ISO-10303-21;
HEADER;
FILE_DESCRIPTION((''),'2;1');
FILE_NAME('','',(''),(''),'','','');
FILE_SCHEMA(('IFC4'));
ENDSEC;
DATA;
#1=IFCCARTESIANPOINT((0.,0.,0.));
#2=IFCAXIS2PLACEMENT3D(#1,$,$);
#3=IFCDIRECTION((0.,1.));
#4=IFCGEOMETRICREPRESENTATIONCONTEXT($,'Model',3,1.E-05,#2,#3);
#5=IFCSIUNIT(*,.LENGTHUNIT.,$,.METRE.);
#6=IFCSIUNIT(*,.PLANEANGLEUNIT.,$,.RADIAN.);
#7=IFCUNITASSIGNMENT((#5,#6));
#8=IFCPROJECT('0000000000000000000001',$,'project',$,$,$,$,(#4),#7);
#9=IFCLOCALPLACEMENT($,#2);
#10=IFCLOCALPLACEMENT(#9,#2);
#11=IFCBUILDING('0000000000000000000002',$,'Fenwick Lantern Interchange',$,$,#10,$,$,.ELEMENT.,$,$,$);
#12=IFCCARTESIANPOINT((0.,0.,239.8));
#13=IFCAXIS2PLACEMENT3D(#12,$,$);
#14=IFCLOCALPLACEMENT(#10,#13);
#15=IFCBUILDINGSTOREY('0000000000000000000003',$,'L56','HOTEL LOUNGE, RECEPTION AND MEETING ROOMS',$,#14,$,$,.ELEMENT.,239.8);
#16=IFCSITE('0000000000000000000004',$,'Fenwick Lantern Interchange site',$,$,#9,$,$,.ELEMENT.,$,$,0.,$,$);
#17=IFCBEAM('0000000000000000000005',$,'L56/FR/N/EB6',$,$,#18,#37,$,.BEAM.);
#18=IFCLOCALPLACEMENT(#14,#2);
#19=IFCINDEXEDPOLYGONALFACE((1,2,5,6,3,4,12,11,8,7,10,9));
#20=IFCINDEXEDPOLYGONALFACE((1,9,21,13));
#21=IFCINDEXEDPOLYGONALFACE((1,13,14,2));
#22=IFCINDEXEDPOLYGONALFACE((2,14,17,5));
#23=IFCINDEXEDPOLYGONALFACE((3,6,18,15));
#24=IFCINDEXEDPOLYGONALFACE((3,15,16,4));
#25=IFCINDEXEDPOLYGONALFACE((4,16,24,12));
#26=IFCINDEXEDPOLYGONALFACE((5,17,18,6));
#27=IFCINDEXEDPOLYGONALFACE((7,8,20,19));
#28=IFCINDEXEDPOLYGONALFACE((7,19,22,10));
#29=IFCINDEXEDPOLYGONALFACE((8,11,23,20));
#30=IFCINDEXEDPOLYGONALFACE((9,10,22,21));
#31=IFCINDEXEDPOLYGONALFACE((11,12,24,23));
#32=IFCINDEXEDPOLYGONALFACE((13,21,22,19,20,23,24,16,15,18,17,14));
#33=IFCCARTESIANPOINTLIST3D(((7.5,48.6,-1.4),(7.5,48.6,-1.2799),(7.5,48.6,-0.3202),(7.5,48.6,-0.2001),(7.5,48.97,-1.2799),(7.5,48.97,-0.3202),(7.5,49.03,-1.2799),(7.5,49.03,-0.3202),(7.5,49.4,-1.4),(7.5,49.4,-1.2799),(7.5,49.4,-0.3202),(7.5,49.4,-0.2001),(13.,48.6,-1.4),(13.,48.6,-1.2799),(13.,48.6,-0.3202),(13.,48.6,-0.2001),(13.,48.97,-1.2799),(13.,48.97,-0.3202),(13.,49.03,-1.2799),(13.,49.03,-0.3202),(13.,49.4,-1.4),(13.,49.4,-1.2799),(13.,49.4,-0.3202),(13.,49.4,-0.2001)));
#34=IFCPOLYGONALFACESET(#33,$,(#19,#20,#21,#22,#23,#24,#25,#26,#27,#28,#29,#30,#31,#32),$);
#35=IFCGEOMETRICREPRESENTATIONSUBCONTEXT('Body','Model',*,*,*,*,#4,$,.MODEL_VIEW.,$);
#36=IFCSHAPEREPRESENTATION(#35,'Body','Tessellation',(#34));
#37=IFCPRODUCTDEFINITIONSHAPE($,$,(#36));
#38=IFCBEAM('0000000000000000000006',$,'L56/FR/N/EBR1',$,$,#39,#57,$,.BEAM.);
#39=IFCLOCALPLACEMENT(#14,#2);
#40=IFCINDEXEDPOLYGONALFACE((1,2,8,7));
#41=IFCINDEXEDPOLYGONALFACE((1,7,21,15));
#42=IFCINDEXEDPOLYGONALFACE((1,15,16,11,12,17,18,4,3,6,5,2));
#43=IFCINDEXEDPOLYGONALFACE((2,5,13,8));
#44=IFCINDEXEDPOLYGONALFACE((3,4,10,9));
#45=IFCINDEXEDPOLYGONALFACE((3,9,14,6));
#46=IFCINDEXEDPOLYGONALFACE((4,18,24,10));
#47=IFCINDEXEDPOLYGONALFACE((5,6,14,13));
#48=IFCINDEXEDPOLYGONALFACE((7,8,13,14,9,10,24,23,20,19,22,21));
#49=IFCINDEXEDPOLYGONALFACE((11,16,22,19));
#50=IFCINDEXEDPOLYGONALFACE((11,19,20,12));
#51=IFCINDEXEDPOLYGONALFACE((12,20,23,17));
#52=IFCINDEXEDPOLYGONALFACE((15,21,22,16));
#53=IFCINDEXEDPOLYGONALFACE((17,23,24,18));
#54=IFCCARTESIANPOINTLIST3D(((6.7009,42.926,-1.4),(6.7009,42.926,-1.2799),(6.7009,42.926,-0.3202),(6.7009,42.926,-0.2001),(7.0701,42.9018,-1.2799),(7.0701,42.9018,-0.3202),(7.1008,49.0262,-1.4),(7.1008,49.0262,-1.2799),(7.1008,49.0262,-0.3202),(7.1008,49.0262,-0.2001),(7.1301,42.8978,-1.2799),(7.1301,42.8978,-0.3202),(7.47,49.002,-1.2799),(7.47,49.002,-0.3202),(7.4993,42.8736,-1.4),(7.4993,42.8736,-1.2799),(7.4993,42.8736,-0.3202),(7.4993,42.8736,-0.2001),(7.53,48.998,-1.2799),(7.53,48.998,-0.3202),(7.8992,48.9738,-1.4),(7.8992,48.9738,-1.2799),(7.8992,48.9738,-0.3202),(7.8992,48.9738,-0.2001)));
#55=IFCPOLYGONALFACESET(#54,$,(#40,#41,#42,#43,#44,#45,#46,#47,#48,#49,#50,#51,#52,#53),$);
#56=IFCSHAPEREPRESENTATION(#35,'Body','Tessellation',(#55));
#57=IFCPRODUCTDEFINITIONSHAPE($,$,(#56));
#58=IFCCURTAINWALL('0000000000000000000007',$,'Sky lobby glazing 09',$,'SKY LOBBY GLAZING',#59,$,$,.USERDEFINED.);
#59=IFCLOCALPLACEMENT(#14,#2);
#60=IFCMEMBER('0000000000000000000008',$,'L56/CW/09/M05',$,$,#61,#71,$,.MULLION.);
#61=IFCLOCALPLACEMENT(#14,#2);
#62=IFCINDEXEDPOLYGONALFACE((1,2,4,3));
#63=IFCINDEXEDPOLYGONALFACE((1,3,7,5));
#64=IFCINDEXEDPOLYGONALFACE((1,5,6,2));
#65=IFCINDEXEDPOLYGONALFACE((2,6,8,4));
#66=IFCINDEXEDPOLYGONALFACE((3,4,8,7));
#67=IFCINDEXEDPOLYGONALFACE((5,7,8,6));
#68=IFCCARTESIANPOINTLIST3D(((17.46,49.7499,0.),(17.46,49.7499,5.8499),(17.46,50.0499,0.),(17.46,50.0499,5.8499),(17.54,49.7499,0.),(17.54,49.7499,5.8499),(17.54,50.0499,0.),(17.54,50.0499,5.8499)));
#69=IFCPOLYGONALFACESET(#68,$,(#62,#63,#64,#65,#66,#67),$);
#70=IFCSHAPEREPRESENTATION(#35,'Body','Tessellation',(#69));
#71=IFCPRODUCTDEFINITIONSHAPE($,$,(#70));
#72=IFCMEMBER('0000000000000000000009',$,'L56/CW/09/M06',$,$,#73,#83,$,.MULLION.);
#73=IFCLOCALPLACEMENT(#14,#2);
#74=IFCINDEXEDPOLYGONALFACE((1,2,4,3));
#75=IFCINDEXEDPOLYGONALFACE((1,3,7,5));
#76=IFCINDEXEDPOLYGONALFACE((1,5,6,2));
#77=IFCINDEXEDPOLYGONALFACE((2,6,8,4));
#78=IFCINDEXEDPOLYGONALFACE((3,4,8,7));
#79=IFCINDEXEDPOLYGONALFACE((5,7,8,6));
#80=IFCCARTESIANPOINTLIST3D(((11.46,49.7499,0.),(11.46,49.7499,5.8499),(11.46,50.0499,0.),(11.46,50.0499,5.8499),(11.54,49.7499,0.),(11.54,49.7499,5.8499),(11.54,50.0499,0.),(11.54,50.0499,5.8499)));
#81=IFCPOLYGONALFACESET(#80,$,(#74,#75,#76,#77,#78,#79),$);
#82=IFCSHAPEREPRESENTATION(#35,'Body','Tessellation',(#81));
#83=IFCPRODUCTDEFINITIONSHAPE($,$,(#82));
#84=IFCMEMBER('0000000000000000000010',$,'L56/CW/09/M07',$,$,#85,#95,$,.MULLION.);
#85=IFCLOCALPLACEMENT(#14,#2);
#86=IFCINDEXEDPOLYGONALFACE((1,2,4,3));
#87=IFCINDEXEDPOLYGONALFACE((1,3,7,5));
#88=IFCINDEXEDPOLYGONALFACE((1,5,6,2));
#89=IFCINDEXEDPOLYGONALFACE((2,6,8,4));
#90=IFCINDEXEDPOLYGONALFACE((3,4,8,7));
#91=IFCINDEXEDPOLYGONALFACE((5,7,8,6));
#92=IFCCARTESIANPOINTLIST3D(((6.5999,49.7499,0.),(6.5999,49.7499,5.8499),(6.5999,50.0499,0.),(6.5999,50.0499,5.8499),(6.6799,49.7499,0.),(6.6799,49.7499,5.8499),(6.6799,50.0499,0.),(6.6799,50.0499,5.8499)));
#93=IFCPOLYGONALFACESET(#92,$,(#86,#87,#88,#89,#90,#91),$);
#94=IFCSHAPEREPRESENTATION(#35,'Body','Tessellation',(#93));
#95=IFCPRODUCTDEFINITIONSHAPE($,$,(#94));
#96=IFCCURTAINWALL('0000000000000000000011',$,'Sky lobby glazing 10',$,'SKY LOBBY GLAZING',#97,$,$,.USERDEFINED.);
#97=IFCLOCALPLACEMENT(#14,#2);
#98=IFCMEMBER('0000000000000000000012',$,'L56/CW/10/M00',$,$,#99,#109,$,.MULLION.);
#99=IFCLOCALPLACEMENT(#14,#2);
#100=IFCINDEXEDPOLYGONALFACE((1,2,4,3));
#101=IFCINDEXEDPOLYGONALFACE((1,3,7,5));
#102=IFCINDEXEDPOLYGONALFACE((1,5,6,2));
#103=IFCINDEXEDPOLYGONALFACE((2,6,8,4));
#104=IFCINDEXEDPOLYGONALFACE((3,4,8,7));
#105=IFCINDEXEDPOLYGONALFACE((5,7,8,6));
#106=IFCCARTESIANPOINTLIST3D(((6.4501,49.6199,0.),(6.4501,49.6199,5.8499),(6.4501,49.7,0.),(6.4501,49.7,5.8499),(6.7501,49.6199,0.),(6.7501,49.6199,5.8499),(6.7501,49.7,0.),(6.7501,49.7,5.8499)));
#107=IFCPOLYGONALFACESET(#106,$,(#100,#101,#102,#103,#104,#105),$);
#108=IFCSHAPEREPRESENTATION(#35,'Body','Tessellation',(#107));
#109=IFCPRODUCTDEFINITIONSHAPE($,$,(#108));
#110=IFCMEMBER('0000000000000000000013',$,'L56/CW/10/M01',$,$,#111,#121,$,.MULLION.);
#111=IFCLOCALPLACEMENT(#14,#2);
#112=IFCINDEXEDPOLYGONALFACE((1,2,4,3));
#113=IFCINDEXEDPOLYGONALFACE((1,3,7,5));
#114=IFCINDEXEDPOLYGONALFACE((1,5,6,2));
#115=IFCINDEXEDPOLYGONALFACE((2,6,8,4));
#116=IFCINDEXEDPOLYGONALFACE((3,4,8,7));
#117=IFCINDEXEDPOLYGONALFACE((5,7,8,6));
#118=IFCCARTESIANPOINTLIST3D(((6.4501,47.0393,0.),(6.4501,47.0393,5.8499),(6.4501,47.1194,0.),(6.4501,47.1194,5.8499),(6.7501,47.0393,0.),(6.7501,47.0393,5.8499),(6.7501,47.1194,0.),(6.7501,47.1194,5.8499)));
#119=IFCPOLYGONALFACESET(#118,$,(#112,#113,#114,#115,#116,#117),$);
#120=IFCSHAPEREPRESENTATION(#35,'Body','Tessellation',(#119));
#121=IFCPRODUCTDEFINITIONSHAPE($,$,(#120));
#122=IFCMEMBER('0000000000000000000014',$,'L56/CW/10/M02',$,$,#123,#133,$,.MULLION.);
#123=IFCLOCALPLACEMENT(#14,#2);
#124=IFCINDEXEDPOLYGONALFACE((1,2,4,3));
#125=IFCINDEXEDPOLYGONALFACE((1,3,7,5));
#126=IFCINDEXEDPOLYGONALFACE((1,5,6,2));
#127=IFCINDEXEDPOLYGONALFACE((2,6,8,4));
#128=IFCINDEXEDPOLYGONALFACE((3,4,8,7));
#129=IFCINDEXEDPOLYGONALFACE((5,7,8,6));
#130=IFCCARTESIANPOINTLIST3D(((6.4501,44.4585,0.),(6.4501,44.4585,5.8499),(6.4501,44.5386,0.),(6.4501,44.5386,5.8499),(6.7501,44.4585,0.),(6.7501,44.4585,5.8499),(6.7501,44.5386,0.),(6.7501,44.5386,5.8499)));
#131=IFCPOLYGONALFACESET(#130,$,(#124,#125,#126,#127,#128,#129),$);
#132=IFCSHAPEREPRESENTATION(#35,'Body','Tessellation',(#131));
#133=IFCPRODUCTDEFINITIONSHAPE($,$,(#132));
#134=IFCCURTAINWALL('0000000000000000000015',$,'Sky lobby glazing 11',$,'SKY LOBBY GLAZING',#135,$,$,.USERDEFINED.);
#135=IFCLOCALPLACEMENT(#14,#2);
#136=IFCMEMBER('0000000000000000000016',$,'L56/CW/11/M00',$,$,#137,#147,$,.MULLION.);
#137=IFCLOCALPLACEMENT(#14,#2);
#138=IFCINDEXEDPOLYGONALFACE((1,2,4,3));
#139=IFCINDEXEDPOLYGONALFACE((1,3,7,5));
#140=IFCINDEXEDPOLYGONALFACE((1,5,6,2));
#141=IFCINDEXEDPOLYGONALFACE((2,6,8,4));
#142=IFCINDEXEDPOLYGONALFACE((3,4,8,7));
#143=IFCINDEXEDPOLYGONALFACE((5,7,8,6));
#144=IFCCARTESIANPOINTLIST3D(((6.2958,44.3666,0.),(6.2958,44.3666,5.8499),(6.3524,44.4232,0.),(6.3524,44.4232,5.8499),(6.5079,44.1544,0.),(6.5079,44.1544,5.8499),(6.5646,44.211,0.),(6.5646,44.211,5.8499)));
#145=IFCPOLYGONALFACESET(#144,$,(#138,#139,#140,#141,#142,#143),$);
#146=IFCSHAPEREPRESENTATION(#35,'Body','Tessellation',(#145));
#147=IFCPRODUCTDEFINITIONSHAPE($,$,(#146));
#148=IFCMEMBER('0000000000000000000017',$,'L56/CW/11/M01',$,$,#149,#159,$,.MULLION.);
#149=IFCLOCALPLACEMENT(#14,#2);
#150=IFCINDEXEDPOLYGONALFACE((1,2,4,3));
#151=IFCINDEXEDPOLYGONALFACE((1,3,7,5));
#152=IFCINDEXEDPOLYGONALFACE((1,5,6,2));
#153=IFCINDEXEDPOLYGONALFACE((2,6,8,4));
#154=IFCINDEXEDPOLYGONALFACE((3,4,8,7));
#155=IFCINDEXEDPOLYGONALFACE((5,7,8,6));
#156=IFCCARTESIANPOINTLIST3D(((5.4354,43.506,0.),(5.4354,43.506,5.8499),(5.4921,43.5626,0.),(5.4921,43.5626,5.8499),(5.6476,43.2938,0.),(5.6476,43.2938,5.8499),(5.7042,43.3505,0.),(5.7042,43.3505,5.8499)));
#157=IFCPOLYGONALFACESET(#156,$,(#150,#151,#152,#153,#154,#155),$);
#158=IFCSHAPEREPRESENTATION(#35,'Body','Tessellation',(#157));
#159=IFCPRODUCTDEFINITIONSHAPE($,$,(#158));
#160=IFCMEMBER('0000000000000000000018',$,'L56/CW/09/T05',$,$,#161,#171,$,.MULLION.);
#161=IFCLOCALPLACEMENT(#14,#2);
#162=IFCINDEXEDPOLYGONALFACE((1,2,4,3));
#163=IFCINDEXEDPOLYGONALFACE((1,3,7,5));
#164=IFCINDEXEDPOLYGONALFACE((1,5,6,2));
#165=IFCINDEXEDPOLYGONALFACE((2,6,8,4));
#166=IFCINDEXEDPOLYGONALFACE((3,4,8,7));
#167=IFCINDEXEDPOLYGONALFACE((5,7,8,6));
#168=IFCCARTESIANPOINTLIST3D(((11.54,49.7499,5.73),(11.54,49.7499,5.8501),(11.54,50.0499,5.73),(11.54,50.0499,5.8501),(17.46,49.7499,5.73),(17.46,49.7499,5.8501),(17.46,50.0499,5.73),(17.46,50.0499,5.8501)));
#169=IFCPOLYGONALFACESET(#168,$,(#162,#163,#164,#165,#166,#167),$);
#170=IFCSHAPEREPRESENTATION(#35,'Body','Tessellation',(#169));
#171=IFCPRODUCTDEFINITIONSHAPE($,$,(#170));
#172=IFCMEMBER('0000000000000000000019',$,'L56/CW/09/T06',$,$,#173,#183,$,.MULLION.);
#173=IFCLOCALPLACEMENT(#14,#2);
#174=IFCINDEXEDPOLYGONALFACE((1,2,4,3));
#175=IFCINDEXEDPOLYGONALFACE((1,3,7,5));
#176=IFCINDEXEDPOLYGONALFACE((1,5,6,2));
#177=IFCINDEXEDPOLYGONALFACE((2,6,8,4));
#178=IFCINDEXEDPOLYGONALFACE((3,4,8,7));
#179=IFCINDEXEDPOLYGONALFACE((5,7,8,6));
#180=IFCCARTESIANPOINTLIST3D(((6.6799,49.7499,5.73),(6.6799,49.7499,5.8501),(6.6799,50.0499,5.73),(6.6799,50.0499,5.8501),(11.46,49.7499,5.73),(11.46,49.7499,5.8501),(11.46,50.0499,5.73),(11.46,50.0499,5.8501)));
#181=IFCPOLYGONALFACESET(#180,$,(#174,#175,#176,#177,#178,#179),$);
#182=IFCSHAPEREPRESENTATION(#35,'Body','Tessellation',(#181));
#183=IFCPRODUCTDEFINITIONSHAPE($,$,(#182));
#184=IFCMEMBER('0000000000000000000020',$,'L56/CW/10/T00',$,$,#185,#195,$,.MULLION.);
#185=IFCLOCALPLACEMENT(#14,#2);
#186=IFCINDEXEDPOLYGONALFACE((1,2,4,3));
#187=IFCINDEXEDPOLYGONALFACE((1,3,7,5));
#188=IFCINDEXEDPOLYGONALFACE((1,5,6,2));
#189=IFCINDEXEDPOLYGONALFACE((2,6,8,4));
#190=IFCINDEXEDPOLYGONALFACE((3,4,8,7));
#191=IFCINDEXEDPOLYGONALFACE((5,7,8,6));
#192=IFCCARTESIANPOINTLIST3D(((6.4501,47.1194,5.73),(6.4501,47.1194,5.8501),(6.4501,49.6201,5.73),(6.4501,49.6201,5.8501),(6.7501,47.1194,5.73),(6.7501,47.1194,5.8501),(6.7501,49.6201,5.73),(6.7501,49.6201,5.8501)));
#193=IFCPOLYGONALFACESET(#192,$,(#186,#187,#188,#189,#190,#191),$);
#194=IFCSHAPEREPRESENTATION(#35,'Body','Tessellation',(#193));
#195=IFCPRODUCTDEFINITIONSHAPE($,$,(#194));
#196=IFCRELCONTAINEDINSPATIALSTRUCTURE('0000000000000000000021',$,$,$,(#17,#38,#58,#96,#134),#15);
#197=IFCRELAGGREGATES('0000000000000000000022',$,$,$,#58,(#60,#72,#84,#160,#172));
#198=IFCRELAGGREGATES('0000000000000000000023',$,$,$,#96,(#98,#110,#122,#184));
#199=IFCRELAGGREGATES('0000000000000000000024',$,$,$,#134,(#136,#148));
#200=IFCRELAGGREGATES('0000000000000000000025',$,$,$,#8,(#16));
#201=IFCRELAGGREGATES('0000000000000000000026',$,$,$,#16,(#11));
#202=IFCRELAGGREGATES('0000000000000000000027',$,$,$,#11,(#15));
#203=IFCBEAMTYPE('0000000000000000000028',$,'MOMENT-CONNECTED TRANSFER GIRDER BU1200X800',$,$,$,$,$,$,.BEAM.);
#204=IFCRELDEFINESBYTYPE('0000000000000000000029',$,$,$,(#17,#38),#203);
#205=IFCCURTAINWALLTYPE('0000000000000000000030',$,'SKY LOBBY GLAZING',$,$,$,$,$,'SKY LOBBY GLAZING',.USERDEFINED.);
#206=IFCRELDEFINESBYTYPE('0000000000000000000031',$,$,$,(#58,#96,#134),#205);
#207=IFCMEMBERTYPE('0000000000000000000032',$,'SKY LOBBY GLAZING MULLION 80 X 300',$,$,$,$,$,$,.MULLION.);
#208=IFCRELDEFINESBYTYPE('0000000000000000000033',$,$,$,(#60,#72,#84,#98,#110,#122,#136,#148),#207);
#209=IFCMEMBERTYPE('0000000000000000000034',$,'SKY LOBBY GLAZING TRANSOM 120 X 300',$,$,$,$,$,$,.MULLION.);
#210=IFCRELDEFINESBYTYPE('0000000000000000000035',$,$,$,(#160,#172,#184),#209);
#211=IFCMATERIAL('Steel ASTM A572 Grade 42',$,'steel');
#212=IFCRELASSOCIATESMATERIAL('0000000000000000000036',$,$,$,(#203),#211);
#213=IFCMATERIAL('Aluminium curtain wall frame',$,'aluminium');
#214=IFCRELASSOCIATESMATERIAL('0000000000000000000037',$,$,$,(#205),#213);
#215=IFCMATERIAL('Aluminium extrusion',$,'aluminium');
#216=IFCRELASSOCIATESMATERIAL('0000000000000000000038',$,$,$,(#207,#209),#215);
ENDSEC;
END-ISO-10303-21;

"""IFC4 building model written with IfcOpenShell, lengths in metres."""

from ifc_helpers import new_model, si_unit, direction, frame, origin, origin_2d, place, context, subcontext, project, spatial, rectangle, i_section, extrude, material, material_profile, profile_set, type_object, element, aggregate, save


model = new_model("IFC4")

# Units and contexts
model_context = context("Model", 3, precision=1e-05, world=origin(), true_north=direction((0.0, 1.0)))
body_context = subcontext(model_context, "Body", "Model", "MODEL_VIEW")
ifc_project = project(units=[si_unit("LENGTHUNIT", "METRE"), si_unit("PLANEANGLEUNIT", "RADIAN")], contexts=[model_context])

# Site, building, storey
site_placement = place(None, origin())
site = spatial("IfcSite", under=ifc_project, at=site_placement, Name="Fenwick Lantern Interchange site", CompositionType="ELEMENT", RefElevation=0.0)
building_placement = place(site_placement, origin())
building = spatial("IfcBuilding", under=site, at=building_placement, Name="Fenwick Lantern Interchange", CompositionType="ELEMENT")
storey_placement = place(building_placement, frame((0.0, 0.0, 239.8)))
storey = spatial("IfcBuildingStorey", under=building, at=storey_placement, Name="L56", Description="HOTEL LOUNGE, RECEPTION AND MEETING ROOMS", CompositionType="ELEMENT", Elevation=239.8)

# Beams
ifc_material_1 = material(Name="Steel ASTM A572 Grade 42", Category="steel")
ifc_material_profile_1 = material_profile(ifc_material_1, i_section(OverallWidth=0.8, OverallDepth=1.2, WebThickness=0.0601, FlangeThickness=0.1201, at=origin_2d()), Name="BU1200X800")
ifc_profile_set_1 = profile_set([ifc_material_profile_1], Name="Steel ASTM A572 Grade 42")
beam_type_1 = type_object("IfcBeamType", Name="MOMENT-CONNECTED TRANSFER GIRDER BU1200X800", PredefinedType="BEAM", material=ifc_profile_set_1)
beam_1_placement = place(storey_placement, frame((13.0, 49.0, -0.8), z_axis=(-1.0, 0.0, 0.0), x_axis=(0.0, -1.0, 0.0)))
element("IfcBeam", 1, at=beam_1_placement, inside=storey, type_object=beam_type_1, Name="L56/FR/N/EB6", PredefinedType="BEAM", context=body_context, shape_type="SweptSolid", body=[
    extrude(i_section(OverallWidth=0.8, OverallDepth=1.2, WebThickness=0.0601, FlangeThickness=0.1201, at=origin_2d()), origin(), (0.0, 0.0, 1.0), 5.5),
])
beam_2_placement = place(storey_placement, frame((7.5, 49.0, -0.8), z_axis=(-0.065416, -0.997858, 0.0), x_axis=(0.997858, -0.065416, 0.0)))
element("IfcBeam", 2, at=beam_2_placement, inside=storey, type_object=beam_type_1, Name="L56/FR/N/EBR1", PredefinedType="BEAM", context=body_context, shape_type="SweptSolid", body=[
    extrude(i_section(OverallWidth=0.8, OverallDepth=1.2, WebThickness=0.0601, FlangeThickness=0.1201, at=origin_2d()), origin(), (0.0, 0.0, 1.0), 6.1133),
])

# Curtain walls, members
ifc_material_2 = material(Name="Aluminium curtain wall frame", Category="aluminium")
curtain_wall_type = type_object("IfcCurtainWallType", Name="SKY LOBBY GLAZING", ElementType="SKY LOBBY GLAZING", PredefinedType="USERDEFINED", material=ifc_material_2)
curtain_wall_1_placement = place(storey_placement, origin())
curtain_wall_1 = element("IfcCurtainWall", 3, at=curtain_wall_1_placement, inside=storey, type_object=curtain_wall_type, Name="Sky lobby glazing 09", ObjectType="SKY LOBBY GLAZING", PredefinedType="USERDEFINED")
ifc_material_3 = material(Name="Aluminium extrusion", Category="aluminium")
ifc_material_profile_2 = material_profile(ifc_material_3, rectangle(XDim=0.3, YDim=0.0801, at=origin_2d()), Name="SKY LOBBY GLAZING MULLION 80 X 300")
ifc_profile_set_2 = profile_set([ifc_material_profile_2], Name="Aluminium extrusion")
member_type_1 = type_object("IfcMemberType", Name="SKY LOBBY GLAZING MULLION 80 X 300", PredefinedType="MULLION", material=ifc_profile_set_2)
member_1_placement = place(storey_placement, frame((17.5, 49.8999, 0.0), z_axis=(0.0, 0.0, 1.0), x_axis=(0.0, -1.0, 0.0)))
member_1 = element("IfcMember", 4, at=member_1_placement, type_object=member_type_1, Name="L56/CW/09/M05", PredefinedType="MULLION", context=body_context, shape_type="SweptSolid", body=[
    extrude(rectangle(XDim=0.3, YDim=0.0801, at=origin_2d()), origin(), (0.0, 0.0, 1.0), 5.8499),
])
member_2_placement = place(storey_placement, frame((11.5, 49.8999, 0.0), z_axis=(0.0, 0.0, 1.0), x_axis=(0.0, -1.0, 0.0)))
member_2 = element("IfcMember", 5, at=member_2_placement, type_object=member_type_1, Name="L56/CW/09/M06", PredefinedType="MULLION", context=body_context, shape_type="SweptSolid", body=[
    extrude(rectangle(XDim=0.3, YDim=0.0801, at=origin_2d()), origin(), (0.0, 0.0, 1.0), 5.8499),
])
member_3_placement = place(storey_placement, frame((6.6399, 49.8999, 0.0), z_axis=(0.0, 0.0, 1.0), x_axis=(0.0, -1.0, 0.0)))
member_3 = element("IfcMember", 6, at=member_3_placement, type_object=member_type_1, Name="L56/CW/09/M07", PredefinedType="MULLION", context=body_context, shape_type="SweptSolid", body=[
    extrude(rectangle(XDim=0.3, YDim=0.0801, at=origin_2d()), origin(), (0.0, 0.0, 1.0), 5.8499),
])
curtain_wall_2_placement = place(storey_placement, origin())
curtain_wall_2 = element("IfcCurtainWall", 7, at=curtain_wall_2_placement, inside=storey, type_object=curtain_wall_type, Name="Sky lobby glazing 10", ObjectType="SKY LOBBY GLAZING", PredefinedType="USERDEFINED")
member_4_placement = place(storey_placement, frame((6.6001, 49.6599, 0.0), z_axis=(0.0, 0.0, 1.0), x_axis=(1.0, 0.0, 0.0)))
member_4 = element("IfcMember", 8, at=member_4_placement, type_object=member_type_1, Name="L56/CW/10/M00", PredefinedType="MULLION", context=body_context, shape_type="SweptSolid", body=[
    extrude(rectangle(XDim=0.3, YDim=0.0801, at=origin_2d()), origin(), (0.0, 0.0, 1.0), 5.8499),
])
member_5_placement = place(storey_placement, frame((6.6001, 47.0793, 0.0), z_axis=(0.0, 0.0, 1.0), x_axis=(1.0, 0.0, 0.0)))
member_5 = element("IfcMember", 9, at=member_5_placement, type_object=member_type_1, Name="L56/CW/10/M01", PredefinedType="MULLION", context=body_context, shape_type="SweptSolid", body=[
    extrude(rectangle(XDim=0.3, YDim=0.0801, at=origin_2d()), origin(), (0.0, 0.0, 1.0), 5.8499),
])
member_6_placement = place(storey_placement, frame((6.6001, 44.4985, 0.0), z_axis=(0.0, 0.0, 1.0), x_axis=(1.0, 0.0, 0.0)))
member_6 = element("IfcMember", 10, at=member_6_placement, type_object=member_type_1, Name="L56/CW/10/M02", PredefinedType="MULLION", context=body_context, shape_type="SweptSolid", body=[
    extrude(rectangle(XDim=0.3, YDim=0.0801, at=origin_2d()), origin(), (0.0, 0.0, 1.0), 5.8499),
])
curtain_wall_3_placement = place(storey_placement, origin())
curtain_wall_3 = element("IfcCurtainWall", 11, at=curtain_wall_3_placement, inside=storey, type_object=curtain_wall_type, Name="Sky lobby glazing 11", ObjectType="SKY LOBBY GLAZING", PredefinedType="USERDEFINED")
member_7_placement = place(storey_placement, frame((6.4302, 44.2888, 0.0), z_axis=(0.0, 0.0, 1.0), x_axis=(0.707107, -0.707107, 0.0)))
member_7 = element("IfcMember", 12, at=member_7_placement, type_object=member_type_1, Name="L56/CW/11/M00", PredefinedType="MULLION", context=body_context, shape_type="SweptSolid", body=[
    extrude(rectangle(XDim=0.3, YDim=0.0801, at=origin_2d()), origin(), (0.0, 0.0, 1.0), 5.8499),
])
member_8_placement = place(storey_placement, frame((5.5698, 43.4282, 0.0), z_axis=(0.0, 0.0, 1.0), x_axis=(0.707107, -0.707107, 0.0)))
member_8 = element("IfcMember", 13, at=member_8_placement, type_object=member_type_1, Name="L56/CW/11/M01", PredefinedType="MULLION", context=body_context, shape_type="SweptSolid", body=[
    extrude(rectangle(XDim=0.3, YDim=0.0801, at=origin_2d()), origin(), (0.0, 0.0, 1.0), 5.8499),
])

# Members
ifc_material_profile_3 = material_profile(ifc_material_3, rectangle(XDim=0.3, YDim=0.1201, at=origin_2d()), Name="SKY LOBBY GLAZING TRANSOM 120 X 300")
ifc_profile_set_3 = profile_set([ifc_material_profile_3], Name="Aluminium extrusion")
member_type_2 = type_object("IfcMemberType", Name="SKY LOBBY GLAZING TRANSOM 120 X 300", PredefinedType="MULLION", material=ifc_profile_set_3)
member_9_placement = place(storey_placement, frame((17.46, 49.8999, 5.79), z_axis=(-1.0, 0.0, 0.0), x_axis=(0.0, -1.0, 0.0)))
member_9 = element("IfcMember", 14, at=member_9_placement, type_object=member_type_2, Name="L56/CW/09/T05", PredefinedType="MULLION", context=body_context, shape_type="SweptSolid", body=[
    extrude(rectangle(XDim=0.3, YDim=0.1201, at=origin_2d()), origin(), (0.0, 0.0, 1.0), 5.9199),
])
member_10_placement = place(storey_placement, frame((11.46, 49.8999, 5.79), z_axis=(-1.0, 0.0, 0.0), x_axis=(0.0, -1.0, 0.0)))
member_10 = element("IfcMember", 15, at=member_10_placement, type_object=member_type_2, Name="L56/CW/09/T06", PredefinedType="MULLION", context=body_context, shape_type="SweptSolid", body=[
    extrude(rectangle(XDim=0.3, YDim=0.1201, at=origin_2d()), origin(), (0.0, 0.0, 1.0), 4.78),
])
aggregate(curtain_wall_1, [member_1, member_2, member_3, member_9, member_10])
member_11_placement = place(storey_placement, frame((6.6001, 49.6201, 5.79), z_axis=(0.0, -1.0, 0.0), x_axis=(1.0, 0.0, 0.0)))
member_11 = element("IfcMember", 16, at=member_11_placement, type_object=member_type_2, Name="L56/CW/10/T00", PredefinedType="MULLION", context=body_context, shape_type="SweptSolid", body=[
    extrude(rectangle(XDim=0.3, YDim=0.1201, at=origin_2d()), origin(), (0.0, 0.0, 1.0), 2.5007),
])

aggregate(curtain_wall_2, [member_4, member_5, member_6, member_11])
aggregate(curtain_wall_3, [member_7, member_8])

save(model, "model.ifc")
